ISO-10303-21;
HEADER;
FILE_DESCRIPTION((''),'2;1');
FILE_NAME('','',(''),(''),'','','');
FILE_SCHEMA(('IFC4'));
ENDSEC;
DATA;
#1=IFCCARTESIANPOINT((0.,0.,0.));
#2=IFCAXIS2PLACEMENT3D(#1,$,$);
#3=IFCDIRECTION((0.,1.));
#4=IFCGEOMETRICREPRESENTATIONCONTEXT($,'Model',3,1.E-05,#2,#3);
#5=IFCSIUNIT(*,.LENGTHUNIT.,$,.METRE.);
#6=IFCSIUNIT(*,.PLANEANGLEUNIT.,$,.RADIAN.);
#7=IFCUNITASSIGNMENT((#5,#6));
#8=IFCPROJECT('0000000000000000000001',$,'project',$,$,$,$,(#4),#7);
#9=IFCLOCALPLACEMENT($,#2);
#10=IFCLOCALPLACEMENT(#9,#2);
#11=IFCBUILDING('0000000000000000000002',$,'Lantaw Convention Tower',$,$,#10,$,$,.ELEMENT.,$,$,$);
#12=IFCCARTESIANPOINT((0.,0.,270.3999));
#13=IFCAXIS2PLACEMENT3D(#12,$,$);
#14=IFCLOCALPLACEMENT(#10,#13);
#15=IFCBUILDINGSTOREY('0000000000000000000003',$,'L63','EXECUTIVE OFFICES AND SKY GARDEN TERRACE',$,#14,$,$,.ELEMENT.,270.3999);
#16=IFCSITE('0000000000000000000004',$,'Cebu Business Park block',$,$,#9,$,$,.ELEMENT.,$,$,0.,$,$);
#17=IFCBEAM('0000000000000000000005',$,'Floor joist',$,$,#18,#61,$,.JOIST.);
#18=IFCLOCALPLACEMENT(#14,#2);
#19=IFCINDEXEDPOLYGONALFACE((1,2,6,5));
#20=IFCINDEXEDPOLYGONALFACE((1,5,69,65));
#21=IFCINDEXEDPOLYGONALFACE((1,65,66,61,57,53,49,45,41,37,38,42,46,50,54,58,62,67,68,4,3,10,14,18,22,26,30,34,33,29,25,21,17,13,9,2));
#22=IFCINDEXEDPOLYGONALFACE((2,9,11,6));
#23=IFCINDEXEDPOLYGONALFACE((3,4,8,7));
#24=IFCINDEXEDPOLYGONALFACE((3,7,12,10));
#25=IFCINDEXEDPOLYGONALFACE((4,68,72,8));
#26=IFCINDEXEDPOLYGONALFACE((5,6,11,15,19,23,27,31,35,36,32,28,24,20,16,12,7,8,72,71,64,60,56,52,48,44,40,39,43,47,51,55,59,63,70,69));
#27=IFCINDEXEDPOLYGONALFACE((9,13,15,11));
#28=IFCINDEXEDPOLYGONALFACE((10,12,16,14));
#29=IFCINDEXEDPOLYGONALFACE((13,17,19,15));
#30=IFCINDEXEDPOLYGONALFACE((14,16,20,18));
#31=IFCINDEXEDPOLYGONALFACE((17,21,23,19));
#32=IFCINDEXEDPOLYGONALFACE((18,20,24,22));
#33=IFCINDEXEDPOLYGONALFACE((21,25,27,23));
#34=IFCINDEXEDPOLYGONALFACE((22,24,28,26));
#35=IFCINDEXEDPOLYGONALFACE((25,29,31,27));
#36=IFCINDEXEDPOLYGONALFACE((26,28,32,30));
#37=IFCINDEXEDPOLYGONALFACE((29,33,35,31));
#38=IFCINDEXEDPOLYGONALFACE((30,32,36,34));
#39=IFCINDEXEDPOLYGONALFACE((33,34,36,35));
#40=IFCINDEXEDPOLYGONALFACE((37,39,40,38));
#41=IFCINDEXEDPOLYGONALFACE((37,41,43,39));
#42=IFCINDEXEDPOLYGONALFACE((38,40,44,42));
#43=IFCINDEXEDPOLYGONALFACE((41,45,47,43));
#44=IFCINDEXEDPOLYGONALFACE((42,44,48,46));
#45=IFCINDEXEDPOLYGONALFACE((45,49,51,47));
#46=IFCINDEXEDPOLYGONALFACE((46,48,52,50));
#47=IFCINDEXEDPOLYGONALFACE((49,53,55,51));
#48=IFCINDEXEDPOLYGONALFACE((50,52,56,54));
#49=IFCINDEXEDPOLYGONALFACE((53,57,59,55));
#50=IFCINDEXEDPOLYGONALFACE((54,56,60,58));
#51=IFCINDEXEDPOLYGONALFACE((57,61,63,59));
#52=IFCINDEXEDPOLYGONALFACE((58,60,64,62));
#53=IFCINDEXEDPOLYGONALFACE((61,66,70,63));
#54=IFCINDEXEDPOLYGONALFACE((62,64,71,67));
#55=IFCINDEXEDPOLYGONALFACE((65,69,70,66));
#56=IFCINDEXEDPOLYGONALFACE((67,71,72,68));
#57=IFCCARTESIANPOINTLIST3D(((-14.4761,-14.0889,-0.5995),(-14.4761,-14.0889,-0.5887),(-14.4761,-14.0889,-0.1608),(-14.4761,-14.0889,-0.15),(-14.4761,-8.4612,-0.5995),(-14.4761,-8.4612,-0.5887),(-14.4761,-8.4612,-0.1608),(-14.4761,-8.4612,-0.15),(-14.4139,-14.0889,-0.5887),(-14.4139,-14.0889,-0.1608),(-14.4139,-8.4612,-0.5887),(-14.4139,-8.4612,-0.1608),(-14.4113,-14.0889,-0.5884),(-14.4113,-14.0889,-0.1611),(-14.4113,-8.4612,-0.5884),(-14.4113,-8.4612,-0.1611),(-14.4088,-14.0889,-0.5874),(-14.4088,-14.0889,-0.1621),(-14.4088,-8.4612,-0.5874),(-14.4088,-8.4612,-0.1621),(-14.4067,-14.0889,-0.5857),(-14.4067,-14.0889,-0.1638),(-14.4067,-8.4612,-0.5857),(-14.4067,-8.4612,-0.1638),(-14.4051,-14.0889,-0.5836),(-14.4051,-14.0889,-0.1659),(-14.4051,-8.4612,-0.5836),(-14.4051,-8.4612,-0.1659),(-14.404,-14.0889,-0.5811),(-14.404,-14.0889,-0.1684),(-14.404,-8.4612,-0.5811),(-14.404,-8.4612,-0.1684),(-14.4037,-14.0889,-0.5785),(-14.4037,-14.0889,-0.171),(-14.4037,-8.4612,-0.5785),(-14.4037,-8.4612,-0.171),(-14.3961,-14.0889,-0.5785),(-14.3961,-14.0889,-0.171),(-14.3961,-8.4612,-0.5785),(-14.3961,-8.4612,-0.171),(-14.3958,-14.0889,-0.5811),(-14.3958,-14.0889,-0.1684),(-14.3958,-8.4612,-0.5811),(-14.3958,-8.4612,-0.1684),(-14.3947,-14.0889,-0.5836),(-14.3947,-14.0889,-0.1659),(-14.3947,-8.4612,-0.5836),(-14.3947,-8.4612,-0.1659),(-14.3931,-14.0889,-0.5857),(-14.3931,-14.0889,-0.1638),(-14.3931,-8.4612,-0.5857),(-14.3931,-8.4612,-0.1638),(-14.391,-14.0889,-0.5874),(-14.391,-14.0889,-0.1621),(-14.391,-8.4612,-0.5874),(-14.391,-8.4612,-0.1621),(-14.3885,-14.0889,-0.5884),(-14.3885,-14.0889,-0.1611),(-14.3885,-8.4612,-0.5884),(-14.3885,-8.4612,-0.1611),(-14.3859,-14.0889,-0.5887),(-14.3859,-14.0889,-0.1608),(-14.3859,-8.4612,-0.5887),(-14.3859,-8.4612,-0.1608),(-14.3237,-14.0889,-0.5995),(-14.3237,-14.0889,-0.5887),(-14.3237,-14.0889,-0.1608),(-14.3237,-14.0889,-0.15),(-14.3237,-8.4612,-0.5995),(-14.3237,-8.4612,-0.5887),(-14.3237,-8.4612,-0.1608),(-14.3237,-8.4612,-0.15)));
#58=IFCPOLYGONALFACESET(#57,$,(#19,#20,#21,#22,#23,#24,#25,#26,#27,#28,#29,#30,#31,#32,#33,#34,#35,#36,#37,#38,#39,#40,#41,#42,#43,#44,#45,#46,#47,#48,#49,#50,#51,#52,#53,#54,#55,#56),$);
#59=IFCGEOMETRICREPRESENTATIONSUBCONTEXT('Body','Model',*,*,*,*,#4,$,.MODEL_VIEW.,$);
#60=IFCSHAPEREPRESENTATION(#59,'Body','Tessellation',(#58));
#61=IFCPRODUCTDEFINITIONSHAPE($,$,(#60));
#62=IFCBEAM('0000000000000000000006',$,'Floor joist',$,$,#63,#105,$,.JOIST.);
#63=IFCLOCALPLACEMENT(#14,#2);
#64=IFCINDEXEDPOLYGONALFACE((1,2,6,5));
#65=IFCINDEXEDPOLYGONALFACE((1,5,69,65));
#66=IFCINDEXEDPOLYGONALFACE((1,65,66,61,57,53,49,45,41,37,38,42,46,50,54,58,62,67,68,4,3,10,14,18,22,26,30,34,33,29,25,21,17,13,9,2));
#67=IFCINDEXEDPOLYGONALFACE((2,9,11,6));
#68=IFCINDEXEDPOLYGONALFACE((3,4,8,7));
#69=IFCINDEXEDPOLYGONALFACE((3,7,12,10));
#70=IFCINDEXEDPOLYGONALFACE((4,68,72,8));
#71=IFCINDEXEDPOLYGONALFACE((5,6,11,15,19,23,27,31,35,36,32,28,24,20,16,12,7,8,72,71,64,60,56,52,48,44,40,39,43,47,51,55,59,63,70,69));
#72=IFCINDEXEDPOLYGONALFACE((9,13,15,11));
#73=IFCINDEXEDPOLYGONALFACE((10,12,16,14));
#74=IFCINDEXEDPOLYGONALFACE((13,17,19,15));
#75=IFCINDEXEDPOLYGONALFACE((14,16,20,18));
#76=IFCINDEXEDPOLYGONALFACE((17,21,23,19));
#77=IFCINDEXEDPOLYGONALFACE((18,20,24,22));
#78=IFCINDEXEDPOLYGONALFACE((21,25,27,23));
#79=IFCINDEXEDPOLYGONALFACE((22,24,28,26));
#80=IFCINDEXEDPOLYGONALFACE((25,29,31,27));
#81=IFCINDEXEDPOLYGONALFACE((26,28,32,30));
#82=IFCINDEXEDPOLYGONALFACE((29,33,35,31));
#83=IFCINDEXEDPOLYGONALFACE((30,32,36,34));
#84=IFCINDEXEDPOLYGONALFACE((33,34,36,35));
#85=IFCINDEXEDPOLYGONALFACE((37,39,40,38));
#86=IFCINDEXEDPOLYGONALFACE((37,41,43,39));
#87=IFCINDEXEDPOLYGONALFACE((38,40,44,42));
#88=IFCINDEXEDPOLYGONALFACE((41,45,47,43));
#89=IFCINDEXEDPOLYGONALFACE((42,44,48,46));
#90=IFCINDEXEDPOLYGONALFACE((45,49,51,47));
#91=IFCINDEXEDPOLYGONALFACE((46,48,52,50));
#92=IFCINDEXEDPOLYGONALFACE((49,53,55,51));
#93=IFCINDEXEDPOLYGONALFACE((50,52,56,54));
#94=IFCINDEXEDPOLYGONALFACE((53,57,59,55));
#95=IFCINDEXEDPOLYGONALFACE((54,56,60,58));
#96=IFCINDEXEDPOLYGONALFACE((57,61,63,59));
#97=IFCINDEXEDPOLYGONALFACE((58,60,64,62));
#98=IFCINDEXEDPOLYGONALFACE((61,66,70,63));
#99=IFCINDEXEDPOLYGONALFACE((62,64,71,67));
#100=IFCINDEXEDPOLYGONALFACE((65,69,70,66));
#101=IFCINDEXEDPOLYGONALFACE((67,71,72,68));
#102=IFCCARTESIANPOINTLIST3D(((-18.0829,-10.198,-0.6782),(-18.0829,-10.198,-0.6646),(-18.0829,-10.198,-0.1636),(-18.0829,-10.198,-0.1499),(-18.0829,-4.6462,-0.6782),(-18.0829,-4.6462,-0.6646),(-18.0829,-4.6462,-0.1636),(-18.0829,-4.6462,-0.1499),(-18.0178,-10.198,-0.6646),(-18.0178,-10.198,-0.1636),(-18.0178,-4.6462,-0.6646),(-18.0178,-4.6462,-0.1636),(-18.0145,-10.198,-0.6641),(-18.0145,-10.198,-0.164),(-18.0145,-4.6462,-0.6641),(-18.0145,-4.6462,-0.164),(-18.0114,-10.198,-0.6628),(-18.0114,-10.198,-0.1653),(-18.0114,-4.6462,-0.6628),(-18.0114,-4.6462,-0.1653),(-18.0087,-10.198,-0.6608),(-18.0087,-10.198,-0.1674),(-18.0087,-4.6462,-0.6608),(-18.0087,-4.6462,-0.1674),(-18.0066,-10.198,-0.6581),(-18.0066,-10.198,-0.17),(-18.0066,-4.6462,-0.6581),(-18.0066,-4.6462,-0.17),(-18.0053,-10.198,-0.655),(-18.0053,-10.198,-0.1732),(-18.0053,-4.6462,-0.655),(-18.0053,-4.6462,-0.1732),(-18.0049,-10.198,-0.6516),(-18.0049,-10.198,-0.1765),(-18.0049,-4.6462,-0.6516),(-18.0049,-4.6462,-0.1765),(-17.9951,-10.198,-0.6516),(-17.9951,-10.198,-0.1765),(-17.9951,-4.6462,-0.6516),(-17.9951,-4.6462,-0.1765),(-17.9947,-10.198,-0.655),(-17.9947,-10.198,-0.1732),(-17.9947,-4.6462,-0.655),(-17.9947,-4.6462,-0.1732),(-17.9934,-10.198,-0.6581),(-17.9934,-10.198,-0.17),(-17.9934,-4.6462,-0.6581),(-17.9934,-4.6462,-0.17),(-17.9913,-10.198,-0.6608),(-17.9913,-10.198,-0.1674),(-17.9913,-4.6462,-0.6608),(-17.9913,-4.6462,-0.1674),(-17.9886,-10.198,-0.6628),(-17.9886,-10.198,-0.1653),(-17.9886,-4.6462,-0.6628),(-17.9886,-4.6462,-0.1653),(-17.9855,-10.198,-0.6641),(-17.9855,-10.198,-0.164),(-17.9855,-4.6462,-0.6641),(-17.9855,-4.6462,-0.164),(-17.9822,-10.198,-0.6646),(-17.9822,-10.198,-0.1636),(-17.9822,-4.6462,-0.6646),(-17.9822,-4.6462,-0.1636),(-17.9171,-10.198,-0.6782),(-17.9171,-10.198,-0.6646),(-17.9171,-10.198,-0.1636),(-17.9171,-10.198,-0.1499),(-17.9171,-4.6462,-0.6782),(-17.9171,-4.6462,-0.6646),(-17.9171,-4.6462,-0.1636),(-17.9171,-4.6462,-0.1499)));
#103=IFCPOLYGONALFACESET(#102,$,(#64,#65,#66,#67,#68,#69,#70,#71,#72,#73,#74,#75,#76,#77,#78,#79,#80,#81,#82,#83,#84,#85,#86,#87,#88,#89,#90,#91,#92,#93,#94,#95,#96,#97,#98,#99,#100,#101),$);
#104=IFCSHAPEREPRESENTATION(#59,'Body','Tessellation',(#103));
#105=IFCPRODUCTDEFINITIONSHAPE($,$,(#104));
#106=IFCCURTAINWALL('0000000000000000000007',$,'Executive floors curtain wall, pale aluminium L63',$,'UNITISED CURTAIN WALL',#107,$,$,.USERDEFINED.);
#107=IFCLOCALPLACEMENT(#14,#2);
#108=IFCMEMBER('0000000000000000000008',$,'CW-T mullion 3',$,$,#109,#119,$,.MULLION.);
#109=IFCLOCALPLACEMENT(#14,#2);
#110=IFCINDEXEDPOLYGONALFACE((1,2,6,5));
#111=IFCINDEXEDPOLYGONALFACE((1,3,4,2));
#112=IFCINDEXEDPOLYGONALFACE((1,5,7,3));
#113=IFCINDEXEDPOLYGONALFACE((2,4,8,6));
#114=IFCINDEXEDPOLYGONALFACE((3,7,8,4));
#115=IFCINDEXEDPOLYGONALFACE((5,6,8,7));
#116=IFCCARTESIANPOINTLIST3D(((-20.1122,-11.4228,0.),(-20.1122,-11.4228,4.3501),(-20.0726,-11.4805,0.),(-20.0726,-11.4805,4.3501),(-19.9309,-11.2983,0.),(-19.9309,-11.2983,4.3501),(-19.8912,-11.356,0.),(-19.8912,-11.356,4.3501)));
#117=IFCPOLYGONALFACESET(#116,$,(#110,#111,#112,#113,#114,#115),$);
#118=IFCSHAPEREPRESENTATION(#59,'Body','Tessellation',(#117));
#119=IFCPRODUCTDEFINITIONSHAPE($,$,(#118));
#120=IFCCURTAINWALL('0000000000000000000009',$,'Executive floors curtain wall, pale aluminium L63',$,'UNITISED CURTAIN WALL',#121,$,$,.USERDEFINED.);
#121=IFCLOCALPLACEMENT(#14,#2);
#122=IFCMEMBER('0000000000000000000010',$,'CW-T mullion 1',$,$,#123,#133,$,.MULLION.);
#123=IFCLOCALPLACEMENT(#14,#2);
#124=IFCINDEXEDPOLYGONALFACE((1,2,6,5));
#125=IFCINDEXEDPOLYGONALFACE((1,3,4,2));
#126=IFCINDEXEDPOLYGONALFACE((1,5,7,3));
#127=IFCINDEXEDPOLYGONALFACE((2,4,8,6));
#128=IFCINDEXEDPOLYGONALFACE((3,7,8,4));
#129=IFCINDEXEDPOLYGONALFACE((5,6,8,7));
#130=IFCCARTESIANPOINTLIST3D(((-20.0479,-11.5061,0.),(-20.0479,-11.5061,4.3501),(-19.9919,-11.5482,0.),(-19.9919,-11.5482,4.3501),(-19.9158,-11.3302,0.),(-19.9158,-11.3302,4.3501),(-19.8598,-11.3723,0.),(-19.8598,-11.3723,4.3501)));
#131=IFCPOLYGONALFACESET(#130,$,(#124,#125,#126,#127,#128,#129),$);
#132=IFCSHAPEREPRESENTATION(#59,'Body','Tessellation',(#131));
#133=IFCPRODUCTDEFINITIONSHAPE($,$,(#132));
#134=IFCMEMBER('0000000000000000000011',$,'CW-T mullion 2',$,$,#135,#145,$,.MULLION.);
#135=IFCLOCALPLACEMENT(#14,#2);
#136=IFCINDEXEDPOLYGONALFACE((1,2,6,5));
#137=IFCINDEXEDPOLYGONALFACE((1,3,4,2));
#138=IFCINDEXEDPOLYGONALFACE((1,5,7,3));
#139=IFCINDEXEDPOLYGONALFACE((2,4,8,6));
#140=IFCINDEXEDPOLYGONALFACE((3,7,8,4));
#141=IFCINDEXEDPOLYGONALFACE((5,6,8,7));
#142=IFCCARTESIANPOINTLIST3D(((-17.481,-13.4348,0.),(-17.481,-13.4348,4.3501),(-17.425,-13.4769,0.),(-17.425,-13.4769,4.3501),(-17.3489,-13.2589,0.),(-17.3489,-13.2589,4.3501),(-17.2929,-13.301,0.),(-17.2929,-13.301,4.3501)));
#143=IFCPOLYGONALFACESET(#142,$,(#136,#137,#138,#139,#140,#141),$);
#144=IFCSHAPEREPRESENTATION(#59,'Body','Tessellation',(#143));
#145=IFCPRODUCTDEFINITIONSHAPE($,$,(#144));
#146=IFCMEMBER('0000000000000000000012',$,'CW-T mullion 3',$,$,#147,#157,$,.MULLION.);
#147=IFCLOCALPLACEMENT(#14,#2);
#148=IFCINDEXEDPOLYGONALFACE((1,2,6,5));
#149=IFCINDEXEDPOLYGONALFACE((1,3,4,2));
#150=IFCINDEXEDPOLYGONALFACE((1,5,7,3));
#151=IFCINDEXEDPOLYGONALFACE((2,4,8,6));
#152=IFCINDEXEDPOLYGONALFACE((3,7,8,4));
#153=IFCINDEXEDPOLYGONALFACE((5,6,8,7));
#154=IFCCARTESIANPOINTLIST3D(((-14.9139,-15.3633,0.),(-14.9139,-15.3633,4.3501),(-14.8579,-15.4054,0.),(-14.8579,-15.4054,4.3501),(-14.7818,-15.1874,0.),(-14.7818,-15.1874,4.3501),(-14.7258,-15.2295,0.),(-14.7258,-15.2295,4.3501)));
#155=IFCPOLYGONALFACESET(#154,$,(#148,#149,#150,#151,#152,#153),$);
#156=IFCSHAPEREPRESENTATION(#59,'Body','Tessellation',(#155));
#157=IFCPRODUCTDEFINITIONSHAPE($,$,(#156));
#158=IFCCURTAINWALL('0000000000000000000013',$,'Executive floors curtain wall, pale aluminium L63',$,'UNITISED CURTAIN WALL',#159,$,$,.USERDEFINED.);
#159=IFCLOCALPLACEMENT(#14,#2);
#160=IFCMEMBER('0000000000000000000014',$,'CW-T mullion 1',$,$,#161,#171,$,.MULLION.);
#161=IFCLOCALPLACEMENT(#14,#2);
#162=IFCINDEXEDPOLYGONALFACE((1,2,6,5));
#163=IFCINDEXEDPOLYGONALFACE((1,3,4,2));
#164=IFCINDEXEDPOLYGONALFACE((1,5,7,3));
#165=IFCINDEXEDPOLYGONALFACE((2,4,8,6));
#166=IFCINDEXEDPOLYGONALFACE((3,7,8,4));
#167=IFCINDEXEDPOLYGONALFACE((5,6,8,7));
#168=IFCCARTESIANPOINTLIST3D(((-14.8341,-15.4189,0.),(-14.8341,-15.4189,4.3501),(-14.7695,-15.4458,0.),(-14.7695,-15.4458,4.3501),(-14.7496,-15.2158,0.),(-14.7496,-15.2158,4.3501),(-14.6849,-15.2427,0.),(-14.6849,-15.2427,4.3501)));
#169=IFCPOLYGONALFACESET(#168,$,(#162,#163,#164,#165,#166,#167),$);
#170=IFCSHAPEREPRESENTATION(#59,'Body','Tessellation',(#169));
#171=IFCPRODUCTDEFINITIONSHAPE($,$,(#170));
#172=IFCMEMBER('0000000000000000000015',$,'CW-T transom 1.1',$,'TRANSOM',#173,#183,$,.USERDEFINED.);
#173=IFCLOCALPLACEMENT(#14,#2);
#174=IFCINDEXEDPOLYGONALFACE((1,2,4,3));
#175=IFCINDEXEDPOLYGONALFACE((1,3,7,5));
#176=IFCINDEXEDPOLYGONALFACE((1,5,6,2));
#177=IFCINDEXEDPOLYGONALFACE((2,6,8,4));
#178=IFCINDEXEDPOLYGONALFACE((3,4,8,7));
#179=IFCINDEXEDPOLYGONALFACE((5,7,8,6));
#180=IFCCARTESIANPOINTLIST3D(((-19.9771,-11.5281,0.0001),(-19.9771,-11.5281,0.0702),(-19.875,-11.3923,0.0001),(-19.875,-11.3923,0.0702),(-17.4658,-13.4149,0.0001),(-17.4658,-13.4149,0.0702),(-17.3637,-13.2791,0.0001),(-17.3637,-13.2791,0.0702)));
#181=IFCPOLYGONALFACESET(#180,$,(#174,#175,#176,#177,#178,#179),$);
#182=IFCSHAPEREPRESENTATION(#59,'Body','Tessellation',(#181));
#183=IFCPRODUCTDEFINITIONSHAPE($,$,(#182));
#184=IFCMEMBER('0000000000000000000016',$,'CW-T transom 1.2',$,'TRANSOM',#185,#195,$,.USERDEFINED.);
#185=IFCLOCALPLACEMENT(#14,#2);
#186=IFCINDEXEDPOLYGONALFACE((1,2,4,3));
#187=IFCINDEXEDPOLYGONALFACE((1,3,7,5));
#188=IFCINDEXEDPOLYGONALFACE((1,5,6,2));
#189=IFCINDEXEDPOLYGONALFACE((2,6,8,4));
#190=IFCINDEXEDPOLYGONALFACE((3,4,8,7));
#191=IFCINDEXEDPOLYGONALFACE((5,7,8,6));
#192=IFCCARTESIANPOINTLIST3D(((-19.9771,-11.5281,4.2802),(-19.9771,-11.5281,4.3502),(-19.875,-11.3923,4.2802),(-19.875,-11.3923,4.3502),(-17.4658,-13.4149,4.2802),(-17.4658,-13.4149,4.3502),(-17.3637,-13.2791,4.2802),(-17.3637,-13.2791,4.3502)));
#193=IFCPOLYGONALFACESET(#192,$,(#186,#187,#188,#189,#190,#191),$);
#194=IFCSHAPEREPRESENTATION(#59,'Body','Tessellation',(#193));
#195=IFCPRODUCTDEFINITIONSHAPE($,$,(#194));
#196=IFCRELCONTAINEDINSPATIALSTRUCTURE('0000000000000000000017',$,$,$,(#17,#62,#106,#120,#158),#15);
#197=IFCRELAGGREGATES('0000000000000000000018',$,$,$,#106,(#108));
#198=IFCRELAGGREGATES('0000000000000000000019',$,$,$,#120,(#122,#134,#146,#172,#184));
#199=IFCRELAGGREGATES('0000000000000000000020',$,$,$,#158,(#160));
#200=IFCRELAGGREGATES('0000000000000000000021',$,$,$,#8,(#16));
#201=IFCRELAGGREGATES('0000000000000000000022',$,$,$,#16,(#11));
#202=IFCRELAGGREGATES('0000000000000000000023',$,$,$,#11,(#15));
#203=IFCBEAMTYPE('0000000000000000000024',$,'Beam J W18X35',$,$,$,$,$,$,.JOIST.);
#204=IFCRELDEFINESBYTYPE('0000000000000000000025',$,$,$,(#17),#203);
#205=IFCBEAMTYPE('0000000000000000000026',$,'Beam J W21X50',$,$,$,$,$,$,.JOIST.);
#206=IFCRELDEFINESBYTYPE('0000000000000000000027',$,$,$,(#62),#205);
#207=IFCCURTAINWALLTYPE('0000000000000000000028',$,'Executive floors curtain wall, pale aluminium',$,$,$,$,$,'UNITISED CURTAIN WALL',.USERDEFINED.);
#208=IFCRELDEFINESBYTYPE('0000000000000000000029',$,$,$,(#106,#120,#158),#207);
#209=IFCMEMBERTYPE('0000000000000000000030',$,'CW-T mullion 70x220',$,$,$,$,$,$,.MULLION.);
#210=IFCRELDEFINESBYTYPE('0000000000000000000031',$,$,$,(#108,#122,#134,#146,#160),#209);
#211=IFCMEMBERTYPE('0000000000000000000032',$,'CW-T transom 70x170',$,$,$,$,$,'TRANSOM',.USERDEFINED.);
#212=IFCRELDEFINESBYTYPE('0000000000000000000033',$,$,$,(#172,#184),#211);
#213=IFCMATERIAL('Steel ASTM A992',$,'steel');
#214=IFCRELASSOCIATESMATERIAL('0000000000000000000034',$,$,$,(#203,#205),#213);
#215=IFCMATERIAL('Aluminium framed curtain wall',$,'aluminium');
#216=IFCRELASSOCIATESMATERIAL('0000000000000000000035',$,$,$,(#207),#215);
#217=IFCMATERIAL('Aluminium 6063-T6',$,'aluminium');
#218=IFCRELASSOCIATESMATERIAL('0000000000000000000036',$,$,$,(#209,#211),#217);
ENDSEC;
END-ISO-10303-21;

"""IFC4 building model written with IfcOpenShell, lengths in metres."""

from ifc_helpers import new_model, si_unit, direction, frame, origin, origin_2d, place, context, subcontext, project, spatial, rectangle, i_section, extrude, material, material_profile, profile_set, type_object, element, aggregate, save


model = new_model("IFC4")

# Units and contexts
model_context = context("Model", 3, precision=1e-05, world=origin(), true_north=direction((0.0, 1.0)))
body_context = subcontext(model_context, "Body", "Model", "MODEL_VIEW")
ifc_project = project(units=[si_unit("LENGTHUNIT", "METRE"), si_unit("PLANEANGLEUNIT", "RADIAN")], contexts=[model_context])

# Site, building, storey
site_placement = place(None, origin())
site = spatial("IfcSite", under=ifc_project, at=site_placement, Name="Cebu Business Park block", CompositionType="ELEMENT", RefElevation=0.0)
building_placement = place(site_placement, origin())
building = spatial("IfcBuilding", under=site, at=building_placement, Name="Lantaw Convention Tower", CompositionType="ELEMENT")
storey_placement = place(building_placement, frame((0.0, 0.0, 270.3999)))
storey = spatial("IfcBuildingStorey", under=building, at=storey_placement, Name="L63", Description="EXECUTIVE OFFICES AND SKY GARDEN TERRACE", CompositionType="ELEMENT", Elevation=270.3999)

# Beams
ifc_material_1 = material(Name="Steel ASTM A992", Category="steel")
ifc_material_profile_1 = material_profile(ifc_material_1, i_section(OverallWidth=0.1523, OverallDepth=0.4495, WebThickness=0.0076, FlangeThickness=0.0107, FilletRadius=0.0103, at=origin_2d()), Name="W18X35")
ifc_profile_set_1 = profile_set([ifc_material_profile_1], Name="Steel ASTM A992")
beam_type_1 = type_object("IfcBeamType", Name="Beam J W18X35", PredefinedType="JOIST", material=ifc_profile_set_1)
beam_1_placement = place(storey_placement, frame((-14.3999, -14.0889, -0.3748), z_axis=(0.0, 1.0, 0.0), x_axis=(-1.0, 0.0, 0.0)))
element("IfcBeam", 1, at=beam_1_placement, inside=storey, type_object=beam_type_1, Name="Floor joist", PredefinedType="JOIST", context=body_context, shape_type="SweptSolid", body=[
    extrude(i_section(OverallWidth=0.1523, OverallDepth=0.4495, WebThickness=0.0076, FlangeThickness=0.0107, FilletRadius=0.0103, at=origin_2d()), origin(), (0.0, 0.0, 1.0), 5.6277),
])
ifc_material_profile_2 = material_profile(ifc_material_1, i_section(OverallWidth=0.1658, OverallDepth=0.5283, WebThickness=0.0098, FlangeThickness=0.0137, FilletRadius=0.0129, at=origin_2d()), Name="W21X50")
ifc_profile_set_2 = profile_set([ifc_material_profile_2], Name="Steel ASTM A992")
beam_type_2 = type_object("IfcBeamType", Name="Beam J W21X50", PredefinedType="JOIST", material=ifc_profile_set_2)
beam_2_placement = place(storey_placement, frame((-18.0, -10.198, -0.4141), z_axis=(0.0, 1.0, 0.0), x_axis=(-1.0, 0.0, 0.0)))
element("IfcBeam", 2, at=beam_2_placement, inside=storey, type_object=beam_type_2, Name="Floor joist", PredefinedType="JOIST", context=body_context, shape_type="SweptSolid", body=[
    extrude(i_section(OverallWidth=0.1658, OverallDepth=0.5283, WebThickness=0.0098, FlangeThickness=0.0137, FilletRadius=0.0129, at=origin_2d()), origin(), (0.0, 0.0, 1.0), 5.5518),
])

# Curtain wall, member
ifc_material_2 = material(Name="Aluminium framed curtain wall", Category="aluminium")
curtain_wall_type = type_object("IfcCurtainWallType", Name="Executive floors curtain wall, pale aluminium", ElementType="UNITISED CURTAIN WALL", PredefinedType="USERDEFINED", material=ifc_material_2)
curtain_wall_1_placement = place(storey_placement, origin())
curtain_wall_1 = element("IfcCurtainWall", 3, at=curtain_wall_1_placement, inside=storey, type_object=curtain_wall_type, Name="Executive floors curtain wall, pale aluminium L63", ObjectType="UNITISED CURTAIN WALL", PredefinedType="USERDEFINED")
ifc_material_3 = material(Name="Aluminium 6063-T6", Category="aluminium")
ifc_material_profile_3 = material_profile(ifc_material_3, rectangle(XDim=0.22, YDim=0.0701, at=origin_2d()), Name="CW-T mullion 70x220")
ifc_profile_set_3 = profile_set([ifc_material_profile_3], Name="Aluminium 6063-T6")
member_type_1 = type_object("IfcMemberType", Name="CW-T mullion 70x220", PredefinedType="MULLION", material=ifc_profile_set_3)
member_1_placement = place(storey_placement, frame((-20.0017, -11.3894, 0.0), z_axis=(0.0, 0.0, 1.0), x_axis=(0.82445, 0.565935, 0.0)))
member_1 = element("IfcMember", 4, at=member_1_placement, type_object=member_type_1, Name="CW-T mullion 3", PredefinedType="MULLION", context=body_context, shape_type="SweptSolid", body=[
    extrude(rectangle(XDim=0.22, YDim=0.0701, at=origin_2d()), origin(), (0.0, 0.0, 1.0), 4.3501),
])

# Curtain wall, members
curtain_wall_2_placement = place(storey_placement, origin())
curtain_wall_2 = element("IfcCurtainWall", 5, at=curtain_wall_2_placement, inside=storey, type_object=curtain_wall_type, Name="Executive floors curtain wall, pale aluminium L63", ObjectType="UNITISED CURTAIN WALL", PredefinedType="USERDEFINED")
member_2_placement = place(storey_placement, frame((-19.9539, -11.4392, 0.0), z_axis=(0.0, 0.0, 1.0), x_axis=(0.600643, 0.799518, 0.0)))
member_2 = element("IfcMember", 6, at=member_2_placement, type_object=member_type_1, Name="CW-T mullion 1", PredefinedType="MULLION", context=body_context, shape_type="SweptSolid", body=[
    extrude(rectangle(XDim=0.22, YDim=0.0701, at=origin_2d()), origin(), (0.0, 0.0, 1.0), 4.3501),
])
member_3_placement = place(storey_placement, frame((-17.387, -13.3679, 0.0), z_axis=(0.0, 0.0, 1.0), x_axis=(0.600643, 0.799518, 0.0)))
member_3 = element("IfcMember", 7, at=member_3_placement, type_object=member_type_1, Name="CW-T mullion 2", PredefinedType="MULLION", context=body_context, shape_type="SweptSolid", body=[
    extrude(rectangle(XDim=0.22, YDim=0.0701, at=origin_2d()), origin(), (0.0, 0.0, 1.0), 4.3501),
])
member_4_placement = place(storey_placement, frame((-14.8198, -15.2964, 0.0), z_axis=(0.0, 0.0, 1.0), x_axis=(0.600643, 0.799518, 0.0)))
member_4 = element("IfcMember", 8, at=member_4_placement, type_object=member_type_1, Name="CW-T mullion 3", PredefinedType="MULLION", context=body_context, shape_type="SweptSolid", body=[
    extrude(rectangle(XDim=0.22, YDim=0.0701, at=origin_2d()), origin(), (0.0, 0.0, 1.0), 4.3501),
])

# Curtain wall, member
curtain_wall_3_placement = place(storey_placement, origin())
curtain_wall_3 = element("IfcCurtainWall", 9, at=curtain_wall_3_placement, inside=storey, type_object=curtain_wall_type, Name="Executive floors curtain wall, pale aluminium L63", ObjectType="UNITISED CURTAIN WALL", PredefinedType="USERDEFINED")
member_5_placement = place(storey_placement, frame((-14.7595, -15.3308, 0.0), z_axis=(0.0, 0.0, 1.0), x_axis=(0.38446, 0.923142, 0.0)))
member_5 = element("IfcMember", 10, at=member_5_placement, type_object=member_type_1, Name="CW-T mullion 1", PredefinedType="MULLION", context=body_context, shape_type="SweptSolid", body=[
    extrude(rectangle(XDim=0.22, YDim=0.0701, at=origin_2d()), origin(), (0.0, 0.0, 1.0), 4.3501),
])

# Members
ifc_material_profile_4 = material_profile(ifc_material_3, rectangle(XDim=0.1699, YDim=0.0701, at=origin_2d()), Name="CW-T transom 70x170")
ifc_profile_set_4 = profile_set([ifc_material_profile_4], Name="Aluminium 6063-T6")
member_type_2 = type_object("IfcMemberType", Name="CW-T transom 70x170", ElementType="TRANSOM", PredefinedType="USERDEFINED", material=ifc_profile_set_4)
member_6_placement = place(storey_placement, frame((-19.926, -11.4602, 0.0352), z_axis=(0.799496, -0.600671, 0.0), x_axis=(0.600671, 0.799496, 0.0)))
member_6 = element("IfcMember", 11, at=member_6_placement, type_object=member_type_2, Name="CW-T transom 1.1", ObjectType="TRANSOM", PredefinedType="USERDEFINED", context=body_context, shape_type="SweptSolid", body=[
    extrude(rectangle(XDim=0.1699, YDim=0.0701, at=origin_2d()), origin(), (0.0, 0.0, 1.0), 3.1411),
])
member_7_placement = place(storey_placement, frame((-19.926, -11.4602, 4.3152), z_axis=(0.799496, -0.600671, 0.0), x_axis=(0.600671, 0.799496, 0.0)))
member_7 = element("IfcMember", 12, at=member_7_placement, type_object=member_type_2, Name="CW-T transom 1.2", ObjectType="TRANSOM", PredefinedType="USERDEFINED", context=body_context, shape_type="SweptSolid", body=[
    extrude(rectangle(XDim=0.1699, YDim=0.0701, at=origin_2d()), origin(), (0.0, 0.0, 1.0), 3.1411),
])

aggregate(curtain_wall_1, [member_1])
aggregate(curtain_wall_2, [member_2, member_3, member_4, member_6, member_7])
aggregate(curtain_wall_3, [member_5])

save(model, "model.ifc")
